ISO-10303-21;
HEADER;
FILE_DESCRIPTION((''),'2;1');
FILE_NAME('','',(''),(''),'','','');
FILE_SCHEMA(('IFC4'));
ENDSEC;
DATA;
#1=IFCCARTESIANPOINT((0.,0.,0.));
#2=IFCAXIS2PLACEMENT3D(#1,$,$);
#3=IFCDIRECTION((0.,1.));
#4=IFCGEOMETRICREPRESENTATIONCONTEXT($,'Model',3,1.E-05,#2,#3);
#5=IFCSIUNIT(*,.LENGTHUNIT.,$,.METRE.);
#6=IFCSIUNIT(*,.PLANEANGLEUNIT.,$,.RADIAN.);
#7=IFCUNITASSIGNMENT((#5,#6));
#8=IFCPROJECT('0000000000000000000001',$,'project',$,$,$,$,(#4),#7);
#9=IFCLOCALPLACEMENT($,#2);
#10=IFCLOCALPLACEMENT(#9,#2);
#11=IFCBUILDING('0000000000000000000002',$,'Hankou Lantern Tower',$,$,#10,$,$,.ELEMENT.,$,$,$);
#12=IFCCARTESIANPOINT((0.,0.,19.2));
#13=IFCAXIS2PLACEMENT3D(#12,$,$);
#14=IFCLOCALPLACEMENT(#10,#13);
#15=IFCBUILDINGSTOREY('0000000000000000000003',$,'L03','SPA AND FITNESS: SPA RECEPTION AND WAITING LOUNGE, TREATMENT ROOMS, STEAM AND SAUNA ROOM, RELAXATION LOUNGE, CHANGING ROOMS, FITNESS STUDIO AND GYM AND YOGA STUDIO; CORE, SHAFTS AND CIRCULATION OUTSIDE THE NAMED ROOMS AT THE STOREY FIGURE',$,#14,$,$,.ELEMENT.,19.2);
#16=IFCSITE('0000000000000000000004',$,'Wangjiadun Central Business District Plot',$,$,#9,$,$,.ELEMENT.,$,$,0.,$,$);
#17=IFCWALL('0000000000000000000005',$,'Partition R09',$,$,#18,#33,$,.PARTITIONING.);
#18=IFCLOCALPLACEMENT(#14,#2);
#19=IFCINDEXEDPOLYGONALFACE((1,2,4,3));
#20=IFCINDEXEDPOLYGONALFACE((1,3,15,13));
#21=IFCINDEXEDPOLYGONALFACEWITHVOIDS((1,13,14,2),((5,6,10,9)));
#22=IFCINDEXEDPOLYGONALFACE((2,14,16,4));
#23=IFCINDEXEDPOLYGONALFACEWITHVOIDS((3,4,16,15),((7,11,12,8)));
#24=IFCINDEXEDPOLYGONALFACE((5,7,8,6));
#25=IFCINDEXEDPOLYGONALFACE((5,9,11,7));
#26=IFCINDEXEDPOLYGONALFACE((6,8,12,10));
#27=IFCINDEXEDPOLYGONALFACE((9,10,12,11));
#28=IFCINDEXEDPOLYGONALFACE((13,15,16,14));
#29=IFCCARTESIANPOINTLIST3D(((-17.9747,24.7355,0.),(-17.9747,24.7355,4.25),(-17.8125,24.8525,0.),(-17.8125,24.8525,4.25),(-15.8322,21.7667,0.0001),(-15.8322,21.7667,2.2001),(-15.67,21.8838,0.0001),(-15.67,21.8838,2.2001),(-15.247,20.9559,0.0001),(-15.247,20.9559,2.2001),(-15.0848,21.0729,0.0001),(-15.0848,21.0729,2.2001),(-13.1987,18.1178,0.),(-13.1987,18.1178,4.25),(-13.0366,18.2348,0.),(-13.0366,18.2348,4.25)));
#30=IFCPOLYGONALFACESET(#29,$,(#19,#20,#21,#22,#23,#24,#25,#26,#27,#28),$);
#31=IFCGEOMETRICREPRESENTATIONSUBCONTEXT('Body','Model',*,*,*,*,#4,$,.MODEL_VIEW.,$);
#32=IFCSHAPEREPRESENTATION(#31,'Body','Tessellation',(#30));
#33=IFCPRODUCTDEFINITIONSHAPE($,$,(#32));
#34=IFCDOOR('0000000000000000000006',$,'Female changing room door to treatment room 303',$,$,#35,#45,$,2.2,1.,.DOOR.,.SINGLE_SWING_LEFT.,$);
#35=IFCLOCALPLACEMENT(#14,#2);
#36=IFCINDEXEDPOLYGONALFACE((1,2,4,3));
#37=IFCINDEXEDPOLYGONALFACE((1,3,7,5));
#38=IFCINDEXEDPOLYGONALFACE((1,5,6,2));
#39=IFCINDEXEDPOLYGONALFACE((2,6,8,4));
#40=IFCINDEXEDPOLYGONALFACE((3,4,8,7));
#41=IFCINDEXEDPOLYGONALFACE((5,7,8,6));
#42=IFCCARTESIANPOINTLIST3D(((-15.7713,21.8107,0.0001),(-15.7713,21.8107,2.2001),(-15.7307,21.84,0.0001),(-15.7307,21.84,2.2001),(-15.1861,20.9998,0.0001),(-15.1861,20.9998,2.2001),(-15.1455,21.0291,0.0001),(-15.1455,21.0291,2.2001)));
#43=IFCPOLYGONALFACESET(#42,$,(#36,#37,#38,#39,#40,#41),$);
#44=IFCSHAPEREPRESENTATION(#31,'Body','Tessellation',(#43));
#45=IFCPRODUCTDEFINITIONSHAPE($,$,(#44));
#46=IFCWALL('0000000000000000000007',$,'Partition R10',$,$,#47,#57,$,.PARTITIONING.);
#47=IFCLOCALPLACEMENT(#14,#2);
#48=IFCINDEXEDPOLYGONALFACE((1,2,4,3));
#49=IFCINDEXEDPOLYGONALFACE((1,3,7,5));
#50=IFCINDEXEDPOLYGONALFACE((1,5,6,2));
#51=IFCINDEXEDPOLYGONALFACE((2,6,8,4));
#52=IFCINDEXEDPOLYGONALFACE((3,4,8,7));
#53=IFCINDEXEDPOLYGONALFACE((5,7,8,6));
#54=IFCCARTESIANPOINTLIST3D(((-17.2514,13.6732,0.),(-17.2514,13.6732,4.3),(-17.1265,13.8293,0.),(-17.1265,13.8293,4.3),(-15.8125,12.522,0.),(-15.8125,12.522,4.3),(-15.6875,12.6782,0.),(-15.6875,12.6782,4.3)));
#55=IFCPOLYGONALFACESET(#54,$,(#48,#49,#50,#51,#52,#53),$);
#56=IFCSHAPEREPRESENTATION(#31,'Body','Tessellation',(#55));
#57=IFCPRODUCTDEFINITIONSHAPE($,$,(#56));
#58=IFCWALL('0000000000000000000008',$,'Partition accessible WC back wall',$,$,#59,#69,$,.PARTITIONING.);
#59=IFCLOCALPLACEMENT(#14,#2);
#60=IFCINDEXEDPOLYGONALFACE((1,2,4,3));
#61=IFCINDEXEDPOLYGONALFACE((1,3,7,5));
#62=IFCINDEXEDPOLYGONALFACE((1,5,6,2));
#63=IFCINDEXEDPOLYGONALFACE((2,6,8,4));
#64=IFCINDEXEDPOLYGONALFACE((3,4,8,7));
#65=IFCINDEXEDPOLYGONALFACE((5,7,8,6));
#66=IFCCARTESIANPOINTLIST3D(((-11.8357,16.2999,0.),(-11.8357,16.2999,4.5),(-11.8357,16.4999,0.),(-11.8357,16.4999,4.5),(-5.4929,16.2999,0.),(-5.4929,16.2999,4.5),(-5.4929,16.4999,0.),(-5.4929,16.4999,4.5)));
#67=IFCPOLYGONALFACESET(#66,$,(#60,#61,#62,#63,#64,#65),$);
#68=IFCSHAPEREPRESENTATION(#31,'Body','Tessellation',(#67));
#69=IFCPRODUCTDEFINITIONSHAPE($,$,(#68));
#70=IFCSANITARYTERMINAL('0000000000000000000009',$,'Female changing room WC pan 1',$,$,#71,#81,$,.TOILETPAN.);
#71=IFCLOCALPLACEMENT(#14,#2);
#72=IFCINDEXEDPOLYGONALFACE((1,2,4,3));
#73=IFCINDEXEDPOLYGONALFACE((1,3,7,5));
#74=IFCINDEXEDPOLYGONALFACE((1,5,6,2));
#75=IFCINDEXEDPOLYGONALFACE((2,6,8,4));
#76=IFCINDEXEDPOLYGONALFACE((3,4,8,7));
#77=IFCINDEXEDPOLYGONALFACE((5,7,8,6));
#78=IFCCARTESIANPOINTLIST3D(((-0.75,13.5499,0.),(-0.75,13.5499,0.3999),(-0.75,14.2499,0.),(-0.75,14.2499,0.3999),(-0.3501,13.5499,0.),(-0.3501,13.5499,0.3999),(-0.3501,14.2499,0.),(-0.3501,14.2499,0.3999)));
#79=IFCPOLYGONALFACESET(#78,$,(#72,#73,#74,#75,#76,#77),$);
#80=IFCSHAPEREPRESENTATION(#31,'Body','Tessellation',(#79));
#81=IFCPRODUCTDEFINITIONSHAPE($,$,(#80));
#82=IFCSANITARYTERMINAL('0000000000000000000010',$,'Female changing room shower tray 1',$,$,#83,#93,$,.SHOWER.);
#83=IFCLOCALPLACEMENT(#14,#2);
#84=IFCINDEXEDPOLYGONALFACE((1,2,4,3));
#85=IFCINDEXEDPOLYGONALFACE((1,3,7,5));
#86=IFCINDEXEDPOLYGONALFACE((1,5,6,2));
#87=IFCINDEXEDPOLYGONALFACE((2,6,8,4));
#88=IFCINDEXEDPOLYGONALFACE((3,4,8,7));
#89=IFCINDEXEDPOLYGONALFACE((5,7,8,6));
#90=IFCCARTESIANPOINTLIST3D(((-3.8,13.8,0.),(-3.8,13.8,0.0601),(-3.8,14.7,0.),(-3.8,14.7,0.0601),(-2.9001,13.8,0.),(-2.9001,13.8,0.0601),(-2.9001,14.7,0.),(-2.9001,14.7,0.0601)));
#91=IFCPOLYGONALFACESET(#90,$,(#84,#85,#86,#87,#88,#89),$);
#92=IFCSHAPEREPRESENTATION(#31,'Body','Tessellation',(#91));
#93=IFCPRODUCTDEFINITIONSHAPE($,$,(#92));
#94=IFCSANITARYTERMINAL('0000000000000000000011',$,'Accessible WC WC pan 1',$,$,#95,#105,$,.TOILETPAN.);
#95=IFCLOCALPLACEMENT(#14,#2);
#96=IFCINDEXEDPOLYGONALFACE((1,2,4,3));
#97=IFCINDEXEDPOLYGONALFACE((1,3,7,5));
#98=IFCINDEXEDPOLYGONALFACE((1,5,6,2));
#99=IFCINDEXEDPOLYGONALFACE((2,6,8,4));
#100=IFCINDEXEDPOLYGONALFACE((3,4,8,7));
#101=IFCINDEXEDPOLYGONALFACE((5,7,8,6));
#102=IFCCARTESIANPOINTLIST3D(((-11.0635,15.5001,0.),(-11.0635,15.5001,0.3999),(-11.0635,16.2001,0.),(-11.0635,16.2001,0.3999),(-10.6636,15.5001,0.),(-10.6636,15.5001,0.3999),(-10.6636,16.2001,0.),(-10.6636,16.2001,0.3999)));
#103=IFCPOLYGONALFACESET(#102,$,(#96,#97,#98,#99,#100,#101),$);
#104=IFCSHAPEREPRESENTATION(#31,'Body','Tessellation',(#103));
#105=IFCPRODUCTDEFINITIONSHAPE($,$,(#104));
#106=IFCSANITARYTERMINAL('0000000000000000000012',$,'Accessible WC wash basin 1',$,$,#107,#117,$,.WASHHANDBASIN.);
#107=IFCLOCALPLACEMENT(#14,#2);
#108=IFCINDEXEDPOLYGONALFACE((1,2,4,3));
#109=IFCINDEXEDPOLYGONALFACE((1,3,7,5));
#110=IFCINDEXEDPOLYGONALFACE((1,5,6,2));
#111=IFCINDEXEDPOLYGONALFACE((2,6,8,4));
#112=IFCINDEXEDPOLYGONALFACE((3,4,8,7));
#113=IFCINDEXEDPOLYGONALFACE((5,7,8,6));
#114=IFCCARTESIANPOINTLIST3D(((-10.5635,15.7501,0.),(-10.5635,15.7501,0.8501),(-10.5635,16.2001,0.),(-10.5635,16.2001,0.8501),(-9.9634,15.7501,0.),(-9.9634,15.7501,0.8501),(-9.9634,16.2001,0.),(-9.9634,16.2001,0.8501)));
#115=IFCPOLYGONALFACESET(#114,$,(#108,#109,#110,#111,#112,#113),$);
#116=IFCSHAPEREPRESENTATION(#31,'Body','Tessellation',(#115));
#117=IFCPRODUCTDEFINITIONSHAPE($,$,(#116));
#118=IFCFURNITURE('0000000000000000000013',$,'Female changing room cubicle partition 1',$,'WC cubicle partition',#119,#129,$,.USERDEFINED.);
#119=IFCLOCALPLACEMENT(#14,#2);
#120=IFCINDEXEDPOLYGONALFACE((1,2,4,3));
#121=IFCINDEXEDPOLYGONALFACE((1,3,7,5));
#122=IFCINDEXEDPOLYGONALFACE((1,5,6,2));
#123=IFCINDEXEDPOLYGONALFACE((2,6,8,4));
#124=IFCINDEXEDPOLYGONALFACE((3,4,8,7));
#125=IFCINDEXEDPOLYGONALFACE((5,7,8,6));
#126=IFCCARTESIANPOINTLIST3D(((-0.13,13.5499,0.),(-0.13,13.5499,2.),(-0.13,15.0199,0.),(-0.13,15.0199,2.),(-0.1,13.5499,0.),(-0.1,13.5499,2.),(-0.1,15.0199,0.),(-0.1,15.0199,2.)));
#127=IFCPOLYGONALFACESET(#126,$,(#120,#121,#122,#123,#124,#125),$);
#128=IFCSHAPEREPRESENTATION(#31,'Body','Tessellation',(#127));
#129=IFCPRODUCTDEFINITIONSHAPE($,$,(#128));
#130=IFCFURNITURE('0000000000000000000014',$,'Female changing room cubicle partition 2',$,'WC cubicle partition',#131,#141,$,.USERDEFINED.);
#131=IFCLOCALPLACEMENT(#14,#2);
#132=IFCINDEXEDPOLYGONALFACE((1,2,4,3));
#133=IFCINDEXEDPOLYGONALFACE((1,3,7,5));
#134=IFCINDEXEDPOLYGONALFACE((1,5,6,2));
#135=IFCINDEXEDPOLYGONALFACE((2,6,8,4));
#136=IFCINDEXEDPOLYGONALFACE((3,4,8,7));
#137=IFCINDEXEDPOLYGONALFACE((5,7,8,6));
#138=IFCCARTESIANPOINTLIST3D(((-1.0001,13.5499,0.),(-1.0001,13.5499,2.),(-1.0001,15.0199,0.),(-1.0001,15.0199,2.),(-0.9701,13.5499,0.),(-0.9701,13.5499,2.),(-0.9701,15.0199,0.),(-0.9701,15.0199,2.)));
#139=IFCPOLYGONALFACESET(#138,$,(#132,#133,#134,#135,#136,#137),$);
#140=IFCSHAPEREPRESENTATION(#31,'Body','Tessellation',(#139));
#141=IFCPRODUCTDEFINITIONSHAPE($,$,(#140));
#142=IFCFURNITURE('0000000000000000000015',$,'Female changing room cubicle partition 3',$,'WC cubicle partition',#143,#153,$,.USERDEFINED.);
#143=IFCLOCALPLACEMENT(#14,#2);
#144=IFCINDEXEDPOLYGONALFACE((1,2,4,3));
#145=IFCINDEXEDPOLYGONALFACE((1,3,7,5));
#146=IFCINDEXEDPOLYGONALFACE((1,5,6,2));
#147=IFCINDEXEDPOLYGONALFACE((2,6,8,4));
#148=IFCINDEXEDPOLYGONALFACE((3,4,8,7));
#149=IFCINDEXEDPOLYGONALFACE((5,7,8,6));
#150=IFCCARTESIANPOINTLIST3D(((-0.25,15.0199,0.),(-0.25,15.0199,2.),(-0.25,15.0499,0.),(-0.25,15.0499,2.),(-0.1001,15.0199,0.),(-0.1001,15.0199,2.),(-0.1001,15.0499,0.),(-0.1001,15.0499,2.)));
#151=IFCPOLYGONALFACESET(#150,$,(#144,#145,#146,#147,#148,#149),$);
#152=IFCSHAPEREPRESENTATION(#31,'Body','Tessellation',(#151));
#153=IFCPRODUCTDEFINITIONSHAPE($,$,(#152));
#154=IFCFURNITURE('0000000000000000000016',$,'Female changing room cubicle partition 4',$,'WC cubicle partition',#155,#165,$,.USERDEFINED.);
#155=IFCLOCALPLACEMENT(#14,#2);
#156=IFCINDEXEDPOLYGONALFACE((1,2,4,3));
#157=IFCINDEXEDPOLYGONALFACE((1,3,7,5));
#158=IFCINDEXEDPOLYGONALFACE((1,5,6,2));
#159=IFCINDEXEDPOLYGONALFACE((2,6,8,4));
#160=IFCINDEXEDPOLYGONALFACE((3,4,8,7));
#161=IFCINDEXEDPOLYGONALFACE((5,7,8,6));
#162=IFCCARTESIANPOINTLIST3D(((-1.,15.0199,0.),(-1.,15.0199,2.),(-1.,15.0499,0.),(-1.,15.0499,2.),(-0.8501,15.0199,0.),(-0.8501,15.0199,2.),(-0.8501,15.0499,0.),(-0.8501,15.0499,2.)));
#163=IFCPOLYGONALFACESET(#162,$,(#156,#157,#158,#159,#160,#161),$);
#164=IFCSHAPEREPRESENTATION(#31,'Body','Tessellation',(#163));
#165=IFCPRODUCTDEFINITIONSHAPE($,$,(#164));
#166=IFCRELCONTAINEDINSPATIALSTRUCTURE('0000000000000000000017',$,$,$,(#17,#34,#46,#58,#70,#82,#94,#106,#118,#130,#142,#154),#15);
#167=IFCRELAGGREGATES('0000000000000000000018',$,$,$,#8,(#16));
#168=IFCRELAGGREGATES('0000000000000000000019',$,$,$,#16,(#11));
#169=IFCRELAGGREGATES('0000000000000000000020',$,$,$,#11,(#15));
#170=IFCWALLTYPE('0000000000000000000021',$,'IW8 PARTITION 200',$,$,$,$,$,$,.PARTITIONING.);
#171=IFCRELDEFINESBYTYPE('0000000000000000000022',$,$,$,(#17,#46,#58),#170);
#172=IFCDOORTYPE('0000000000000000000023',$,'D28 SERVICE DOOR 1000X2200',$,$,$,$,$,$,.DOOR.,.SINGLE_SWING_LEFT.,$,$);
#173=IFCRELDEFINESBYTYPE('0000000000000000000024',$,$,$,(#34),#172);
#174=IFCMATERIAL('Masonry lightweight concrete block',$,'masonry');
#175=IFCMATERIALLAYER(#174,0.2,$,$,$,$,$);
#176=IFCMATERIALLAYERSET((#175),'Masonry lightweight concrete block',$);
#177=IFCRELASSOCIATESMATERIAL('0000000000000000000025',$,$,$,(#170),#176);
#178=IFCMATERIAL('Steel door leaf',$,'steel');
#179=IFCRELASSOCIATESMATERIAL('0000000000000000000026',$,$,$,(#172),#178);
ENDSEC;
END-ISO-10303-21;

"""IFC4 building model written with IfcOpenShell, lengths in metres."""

from ifc_helpers import new_model, si_unit, direction, frame, frame_2d, origin, origin_2d, place, context, subcontext, project, spatial, rectangle, extrude, material, layer, layer_set, type_object, element, fill, save


model = new_model("IFC4")

# Units and contexts
model_context = context("Model", 3, precision=1e-05, world=origin(), true_north=direction((0.0, 1.0)))
body_context = subcontext(model_context, "Body", "Model", "MODEL_VIEW")
ifc_project = project(units=[si_unit("LENGTHUNIT", "METRE"), si_unit("PLANEANGLEUNIT", "RADIAN")], contexts=[model_context])

# Site, building, storey
site_placement = place(None, origin())
site = spatial("IfcSite", under=ifc_project, at=site_placement, Name="Wangjiadun Central Business District Plot", CompositionType="ELEMENT", RefElevation=0.0)
building_placement = place(site_placement, origin())
building = spatial("IfcBuilding", under=site, at=building_placement, Name="Hankou Lantern Tower", CompositionType="ELEMENT")
storey_placement = place(building_placement, frame((0.0, 0.0, 19.2)))
storey = spatial("IfcBuildingStorey", under=building, at=storey_placement, Name="L03", Description="SPA AND FITNESS: SPA RECEPTION AND WAITING LOUNGE, TREATMENT ROOMS, STEAM AND SAUNA ROOM, RELAXATION LOUNGE, CHANGING ROOMS, FITNESS STUDIO AND GYM AND YOGA STUDIO; CORE, SHAFTS AND CIRCULATION OUTSIDE THE NAMED ROOMS AT THE STOREY FIGURE", CompositionType="ELEMENT", Elevation=19.2)

# Shared definitions
ifc_material_1 = material(Name="Masonry lightweight concrete block", Category="masonry")
ifc_layer = layer(ifc_material_1, 0.2)
ifc_layer_set = layer_set([ifc_layer], Name="Masonry lightweight concrete block")
wall_type = type_object("IfcWallType", Name="IW8 PARTITION 200", PredefinedType="PARTITIONING", material=ifc_layer_set)

# Wall, opening, door
wall_1_placement = place(storey_placement, frame((-13.1177, 18.1763, 0.0), z_axis=(0.0, 0.0, 1.0), x_axis=(-0.585204, 0.810886, 0.0)))
wall_1 = element("IfcWall", 1, at=wall_1_placement, inside=storey, type_object=wall_type, Name="Partition R09", PredefinedType="PARTITIONING", context=body_context, shape_type="SweptSolid", body=[
    extrude(rectangle(XDim=8.1611, YDim=0.2, at=frame_2d((4.0806, 0.0))), origin(), (0.0, 0.0, 1.0), 4.25),
])
opening_placement = place(wall_1_placement, frame((3.5, 0.0, 0.0)))
opening = element("IfcOpeningElement", 2, at=opening_placement, cuts=wall_1, PredefinedType="OPENING", context=body_context, shape_type="SweptSolid", body=[
    extrude(rectangle(XDim=1.0, YDim=2.2, at=frame_2d((0.5, 1.1001))), frame((0.0, 0.1099, 0.0), z_axis=(0.0, -1.0, 0.0), x_axis=(1.0, 0.0, 0.0)), (0.0, 0.0, 1.0), 0.22),
])
ifc_material_2 = material(Name="Steel door leaf", Category="steel")
door_type = type_object("IfcDoorType", Name="D28 SERVICE DOOR 1000X2200", OperationType="SINGLE_SWING_LEFT", PredefinedType="DOOR", material=ifc_material_2)
door_placement = place(opening_placement, origin())
door = element("IfcDoor", 3, at=door_placement, inside=storey, type_object=door_type, Name="Female changing room door to treatment room 303", OperationType="SINGLE_SWING_LEFT", OverallHeight=2.2, OverallWidth=1.0, PredefinedType="DOOR", context=body_context, shape_type="SweptSolid", body=[
    extrude(rectangle(XDim=1.0, YDim=2.2, at=frame_2d((0.5, 1.1001))), frame((0.0, 0.0249, 0.0), z_axis=(0.0, -1.0, 0.0), x_axis=(1.0, 0.0, 0.0)), (0.0, 0.0, 1.0), 0.05),
])
fill(opening, door)

# Walls
wall_2_placement = place(storey_placement, frame((-15.75, 12.6001, 0.0), z_axis=(0.0, 0.0, 1.0), x_axis=(-0.780882, 0.624679, 0.0)))
element("IfcWall", 4, at=wall_2_placement, inside=storey, type_object=wall_type, Name="Partition R10", PredefinedType="PARTITIONING", context=body_context, shape_type="SweptSolid", body=[
    extrude(rectangle(XDim=1.8428, YDim=0.2, at=frame_2d((0.9214, 0.0))), origin(), (0.0, 0.0, 1.0), 4.3),
])
wall_3_placement = place(storey_placement, frame((-5.4929, 16.3999, 0.0), z_axis=(0.0, 0.0, 1.0), x_axis=(-1.0, 0.0, 0.0)))
element("IfcWall", 5, at=wall_3_placement, inside=storey, type_object=wall_type, Name="Partition accessible WC back wall", PredefinedType="PARTITIONING", context=body_context, shape_type="SweptSolid", body=[
    extrude(rectangle(XDim=6.3428, YDim=0.2, at=frame_2d((3.1714, 0.0))), origin(), (0.0, 0.0, 1.0), 4.5),
])

# Sanitary terminals
sanitary_terminal_1_placement = place(storey_placement, frame((-0.55, 13.8999, 0.0), z_axis=(0.0, 0.0, 1.0), x_axis=(-1.0, 0.0, 0.0)))
element("IfcSanitaryTerminal", 6, at=sanitary_terminal_1_placement, inside=storey, Name="Female changing room WC pan 1", PredefinedType="TOILETPAN", context=body_context, shape_type="SweptSolid", body=[
    extrude(rectangle(XDim=0.3999, YDim=0.7, at=origin_2d()), origin(), (0.0, 0.0, 1.0), 0.3999),
])
sanitary_terminal_2_placement = place(storey_placement, frame((-3.3501, 14.25, 0.0), z_axis=(0.0, 0.0, 1.0), x_axis=(-1.0, 0.0, 0.0)))
element("IfcSanitaryTerminal", 7, at=sanitary_terminal_2_placement, inside=storey, Name="Female changing room shower tray 1", PredefinedType="SHOWER", context=body_context, shape_type="SweptSolid", body=[
    extrude(rectangle(XDim=0.8999, YDim=0.8999, at=origin_2d()), origin(), (0.0, 0.0, 1.0), 0.0601),
])
sanitary_terminal_3_placement = place(storey_placement, frame((-10.8635, 15.8501, 0.0), z_axis=(0.0, 0.0, 1.0), x_axis=(1.0, 0.0, 0.0)))
element("IfcSanitaryTerminal", 8, at=sanitary_terminal_3_placement, inside=storey, Name="Accessible WC WC pan 1", PredefinedType="TOILETPAN", context=body_context, shape_type="SweptSolid", body=[
    extrude(rectangle(XDim=0.3999, YDim=0.7, at=origin_2d()), origin(), (0.0, 0.0, 1.0), 0.3999),
])
sanitary_terminal_4_placement = place(storey_placement, frame((-10.2634, 15.9751, 0.0), z_axis=(0.0, 0.0, 1.0), x_axis=(1.0, 0.0, 0.0)))
element("IfcSanitaryTerminal", 9, at=sanitary_terminal_4_placement, inside=storey, Name="Accessible WC wash basin 1", PredefinedType="WASHHANDBASIN", context=body_context, shape_type="SweptSolid", body=[
    extrude(rectangle(XDim=0.6001, YDim=0.45, at=origin_2d()), origin(), (0.0, 0.0, 1.0), 0.8501),
])

# Furniture
for number, where, z_axis, x_axis, name in (
    (10, (-0.115, 14.2849, 0.0), (0.0, 0.0, 1.0), (-1.0, 0.0, 0.0), "Female changing room cubicle partition 1"),
    (11, (-0.9851, 14.2849, 0.0), (0.0, 0.0, 1.0), (-1.0, 0.0, 0.0), "Female changing room cubicle partition 2"),
):
    element("IfcFurniture", number, at=place(storey_placement, frame(where, z_axis=z_axis, x_axis=x_axis)), inside=storey, Name=name, ObjectType="WC cubicle partition", PredefinedType="USERDEFINED", context=body_context, shape_type="SweptSolid", body=[
        extrude(rectangle(XDim=0.03, YDim=1.47, at=origin_2d()), origin(), (0.0, 0.0, 1.0), 2.0),
    ])
for number, where, z_axis, x_axis, name in (
    (12, (-0.175, 15.0349, 0.0), (0.0, 0.0, 1.0), (-1.0, 0.0, 0.0), "Female changing room cubicle partition 3"),
    (13, (-0.925, 15.0349, 0.0), (0.0, 0.0, 1.0), (-1.0, 0.0, 0.0), "Female changing room cubicle partition 4"),
):
    element("IfcFurniture", number, at=place(storey_placement, frame(where, z_axis=z_axis, x_axis=x_axis)), inside=storey, Name=name, ObjectType="WC cubicle partition", PredefinedType="USERDEFINED", context=body_context, shape_type="SweptSolid", body=[
        extrude(rectangle(XDim=0.1499, YDim=0.03, at=origin_2d()), origin(), (0.0, 0.0, 1.0), 2.0),
    ])

save(model, "model.ifc")
